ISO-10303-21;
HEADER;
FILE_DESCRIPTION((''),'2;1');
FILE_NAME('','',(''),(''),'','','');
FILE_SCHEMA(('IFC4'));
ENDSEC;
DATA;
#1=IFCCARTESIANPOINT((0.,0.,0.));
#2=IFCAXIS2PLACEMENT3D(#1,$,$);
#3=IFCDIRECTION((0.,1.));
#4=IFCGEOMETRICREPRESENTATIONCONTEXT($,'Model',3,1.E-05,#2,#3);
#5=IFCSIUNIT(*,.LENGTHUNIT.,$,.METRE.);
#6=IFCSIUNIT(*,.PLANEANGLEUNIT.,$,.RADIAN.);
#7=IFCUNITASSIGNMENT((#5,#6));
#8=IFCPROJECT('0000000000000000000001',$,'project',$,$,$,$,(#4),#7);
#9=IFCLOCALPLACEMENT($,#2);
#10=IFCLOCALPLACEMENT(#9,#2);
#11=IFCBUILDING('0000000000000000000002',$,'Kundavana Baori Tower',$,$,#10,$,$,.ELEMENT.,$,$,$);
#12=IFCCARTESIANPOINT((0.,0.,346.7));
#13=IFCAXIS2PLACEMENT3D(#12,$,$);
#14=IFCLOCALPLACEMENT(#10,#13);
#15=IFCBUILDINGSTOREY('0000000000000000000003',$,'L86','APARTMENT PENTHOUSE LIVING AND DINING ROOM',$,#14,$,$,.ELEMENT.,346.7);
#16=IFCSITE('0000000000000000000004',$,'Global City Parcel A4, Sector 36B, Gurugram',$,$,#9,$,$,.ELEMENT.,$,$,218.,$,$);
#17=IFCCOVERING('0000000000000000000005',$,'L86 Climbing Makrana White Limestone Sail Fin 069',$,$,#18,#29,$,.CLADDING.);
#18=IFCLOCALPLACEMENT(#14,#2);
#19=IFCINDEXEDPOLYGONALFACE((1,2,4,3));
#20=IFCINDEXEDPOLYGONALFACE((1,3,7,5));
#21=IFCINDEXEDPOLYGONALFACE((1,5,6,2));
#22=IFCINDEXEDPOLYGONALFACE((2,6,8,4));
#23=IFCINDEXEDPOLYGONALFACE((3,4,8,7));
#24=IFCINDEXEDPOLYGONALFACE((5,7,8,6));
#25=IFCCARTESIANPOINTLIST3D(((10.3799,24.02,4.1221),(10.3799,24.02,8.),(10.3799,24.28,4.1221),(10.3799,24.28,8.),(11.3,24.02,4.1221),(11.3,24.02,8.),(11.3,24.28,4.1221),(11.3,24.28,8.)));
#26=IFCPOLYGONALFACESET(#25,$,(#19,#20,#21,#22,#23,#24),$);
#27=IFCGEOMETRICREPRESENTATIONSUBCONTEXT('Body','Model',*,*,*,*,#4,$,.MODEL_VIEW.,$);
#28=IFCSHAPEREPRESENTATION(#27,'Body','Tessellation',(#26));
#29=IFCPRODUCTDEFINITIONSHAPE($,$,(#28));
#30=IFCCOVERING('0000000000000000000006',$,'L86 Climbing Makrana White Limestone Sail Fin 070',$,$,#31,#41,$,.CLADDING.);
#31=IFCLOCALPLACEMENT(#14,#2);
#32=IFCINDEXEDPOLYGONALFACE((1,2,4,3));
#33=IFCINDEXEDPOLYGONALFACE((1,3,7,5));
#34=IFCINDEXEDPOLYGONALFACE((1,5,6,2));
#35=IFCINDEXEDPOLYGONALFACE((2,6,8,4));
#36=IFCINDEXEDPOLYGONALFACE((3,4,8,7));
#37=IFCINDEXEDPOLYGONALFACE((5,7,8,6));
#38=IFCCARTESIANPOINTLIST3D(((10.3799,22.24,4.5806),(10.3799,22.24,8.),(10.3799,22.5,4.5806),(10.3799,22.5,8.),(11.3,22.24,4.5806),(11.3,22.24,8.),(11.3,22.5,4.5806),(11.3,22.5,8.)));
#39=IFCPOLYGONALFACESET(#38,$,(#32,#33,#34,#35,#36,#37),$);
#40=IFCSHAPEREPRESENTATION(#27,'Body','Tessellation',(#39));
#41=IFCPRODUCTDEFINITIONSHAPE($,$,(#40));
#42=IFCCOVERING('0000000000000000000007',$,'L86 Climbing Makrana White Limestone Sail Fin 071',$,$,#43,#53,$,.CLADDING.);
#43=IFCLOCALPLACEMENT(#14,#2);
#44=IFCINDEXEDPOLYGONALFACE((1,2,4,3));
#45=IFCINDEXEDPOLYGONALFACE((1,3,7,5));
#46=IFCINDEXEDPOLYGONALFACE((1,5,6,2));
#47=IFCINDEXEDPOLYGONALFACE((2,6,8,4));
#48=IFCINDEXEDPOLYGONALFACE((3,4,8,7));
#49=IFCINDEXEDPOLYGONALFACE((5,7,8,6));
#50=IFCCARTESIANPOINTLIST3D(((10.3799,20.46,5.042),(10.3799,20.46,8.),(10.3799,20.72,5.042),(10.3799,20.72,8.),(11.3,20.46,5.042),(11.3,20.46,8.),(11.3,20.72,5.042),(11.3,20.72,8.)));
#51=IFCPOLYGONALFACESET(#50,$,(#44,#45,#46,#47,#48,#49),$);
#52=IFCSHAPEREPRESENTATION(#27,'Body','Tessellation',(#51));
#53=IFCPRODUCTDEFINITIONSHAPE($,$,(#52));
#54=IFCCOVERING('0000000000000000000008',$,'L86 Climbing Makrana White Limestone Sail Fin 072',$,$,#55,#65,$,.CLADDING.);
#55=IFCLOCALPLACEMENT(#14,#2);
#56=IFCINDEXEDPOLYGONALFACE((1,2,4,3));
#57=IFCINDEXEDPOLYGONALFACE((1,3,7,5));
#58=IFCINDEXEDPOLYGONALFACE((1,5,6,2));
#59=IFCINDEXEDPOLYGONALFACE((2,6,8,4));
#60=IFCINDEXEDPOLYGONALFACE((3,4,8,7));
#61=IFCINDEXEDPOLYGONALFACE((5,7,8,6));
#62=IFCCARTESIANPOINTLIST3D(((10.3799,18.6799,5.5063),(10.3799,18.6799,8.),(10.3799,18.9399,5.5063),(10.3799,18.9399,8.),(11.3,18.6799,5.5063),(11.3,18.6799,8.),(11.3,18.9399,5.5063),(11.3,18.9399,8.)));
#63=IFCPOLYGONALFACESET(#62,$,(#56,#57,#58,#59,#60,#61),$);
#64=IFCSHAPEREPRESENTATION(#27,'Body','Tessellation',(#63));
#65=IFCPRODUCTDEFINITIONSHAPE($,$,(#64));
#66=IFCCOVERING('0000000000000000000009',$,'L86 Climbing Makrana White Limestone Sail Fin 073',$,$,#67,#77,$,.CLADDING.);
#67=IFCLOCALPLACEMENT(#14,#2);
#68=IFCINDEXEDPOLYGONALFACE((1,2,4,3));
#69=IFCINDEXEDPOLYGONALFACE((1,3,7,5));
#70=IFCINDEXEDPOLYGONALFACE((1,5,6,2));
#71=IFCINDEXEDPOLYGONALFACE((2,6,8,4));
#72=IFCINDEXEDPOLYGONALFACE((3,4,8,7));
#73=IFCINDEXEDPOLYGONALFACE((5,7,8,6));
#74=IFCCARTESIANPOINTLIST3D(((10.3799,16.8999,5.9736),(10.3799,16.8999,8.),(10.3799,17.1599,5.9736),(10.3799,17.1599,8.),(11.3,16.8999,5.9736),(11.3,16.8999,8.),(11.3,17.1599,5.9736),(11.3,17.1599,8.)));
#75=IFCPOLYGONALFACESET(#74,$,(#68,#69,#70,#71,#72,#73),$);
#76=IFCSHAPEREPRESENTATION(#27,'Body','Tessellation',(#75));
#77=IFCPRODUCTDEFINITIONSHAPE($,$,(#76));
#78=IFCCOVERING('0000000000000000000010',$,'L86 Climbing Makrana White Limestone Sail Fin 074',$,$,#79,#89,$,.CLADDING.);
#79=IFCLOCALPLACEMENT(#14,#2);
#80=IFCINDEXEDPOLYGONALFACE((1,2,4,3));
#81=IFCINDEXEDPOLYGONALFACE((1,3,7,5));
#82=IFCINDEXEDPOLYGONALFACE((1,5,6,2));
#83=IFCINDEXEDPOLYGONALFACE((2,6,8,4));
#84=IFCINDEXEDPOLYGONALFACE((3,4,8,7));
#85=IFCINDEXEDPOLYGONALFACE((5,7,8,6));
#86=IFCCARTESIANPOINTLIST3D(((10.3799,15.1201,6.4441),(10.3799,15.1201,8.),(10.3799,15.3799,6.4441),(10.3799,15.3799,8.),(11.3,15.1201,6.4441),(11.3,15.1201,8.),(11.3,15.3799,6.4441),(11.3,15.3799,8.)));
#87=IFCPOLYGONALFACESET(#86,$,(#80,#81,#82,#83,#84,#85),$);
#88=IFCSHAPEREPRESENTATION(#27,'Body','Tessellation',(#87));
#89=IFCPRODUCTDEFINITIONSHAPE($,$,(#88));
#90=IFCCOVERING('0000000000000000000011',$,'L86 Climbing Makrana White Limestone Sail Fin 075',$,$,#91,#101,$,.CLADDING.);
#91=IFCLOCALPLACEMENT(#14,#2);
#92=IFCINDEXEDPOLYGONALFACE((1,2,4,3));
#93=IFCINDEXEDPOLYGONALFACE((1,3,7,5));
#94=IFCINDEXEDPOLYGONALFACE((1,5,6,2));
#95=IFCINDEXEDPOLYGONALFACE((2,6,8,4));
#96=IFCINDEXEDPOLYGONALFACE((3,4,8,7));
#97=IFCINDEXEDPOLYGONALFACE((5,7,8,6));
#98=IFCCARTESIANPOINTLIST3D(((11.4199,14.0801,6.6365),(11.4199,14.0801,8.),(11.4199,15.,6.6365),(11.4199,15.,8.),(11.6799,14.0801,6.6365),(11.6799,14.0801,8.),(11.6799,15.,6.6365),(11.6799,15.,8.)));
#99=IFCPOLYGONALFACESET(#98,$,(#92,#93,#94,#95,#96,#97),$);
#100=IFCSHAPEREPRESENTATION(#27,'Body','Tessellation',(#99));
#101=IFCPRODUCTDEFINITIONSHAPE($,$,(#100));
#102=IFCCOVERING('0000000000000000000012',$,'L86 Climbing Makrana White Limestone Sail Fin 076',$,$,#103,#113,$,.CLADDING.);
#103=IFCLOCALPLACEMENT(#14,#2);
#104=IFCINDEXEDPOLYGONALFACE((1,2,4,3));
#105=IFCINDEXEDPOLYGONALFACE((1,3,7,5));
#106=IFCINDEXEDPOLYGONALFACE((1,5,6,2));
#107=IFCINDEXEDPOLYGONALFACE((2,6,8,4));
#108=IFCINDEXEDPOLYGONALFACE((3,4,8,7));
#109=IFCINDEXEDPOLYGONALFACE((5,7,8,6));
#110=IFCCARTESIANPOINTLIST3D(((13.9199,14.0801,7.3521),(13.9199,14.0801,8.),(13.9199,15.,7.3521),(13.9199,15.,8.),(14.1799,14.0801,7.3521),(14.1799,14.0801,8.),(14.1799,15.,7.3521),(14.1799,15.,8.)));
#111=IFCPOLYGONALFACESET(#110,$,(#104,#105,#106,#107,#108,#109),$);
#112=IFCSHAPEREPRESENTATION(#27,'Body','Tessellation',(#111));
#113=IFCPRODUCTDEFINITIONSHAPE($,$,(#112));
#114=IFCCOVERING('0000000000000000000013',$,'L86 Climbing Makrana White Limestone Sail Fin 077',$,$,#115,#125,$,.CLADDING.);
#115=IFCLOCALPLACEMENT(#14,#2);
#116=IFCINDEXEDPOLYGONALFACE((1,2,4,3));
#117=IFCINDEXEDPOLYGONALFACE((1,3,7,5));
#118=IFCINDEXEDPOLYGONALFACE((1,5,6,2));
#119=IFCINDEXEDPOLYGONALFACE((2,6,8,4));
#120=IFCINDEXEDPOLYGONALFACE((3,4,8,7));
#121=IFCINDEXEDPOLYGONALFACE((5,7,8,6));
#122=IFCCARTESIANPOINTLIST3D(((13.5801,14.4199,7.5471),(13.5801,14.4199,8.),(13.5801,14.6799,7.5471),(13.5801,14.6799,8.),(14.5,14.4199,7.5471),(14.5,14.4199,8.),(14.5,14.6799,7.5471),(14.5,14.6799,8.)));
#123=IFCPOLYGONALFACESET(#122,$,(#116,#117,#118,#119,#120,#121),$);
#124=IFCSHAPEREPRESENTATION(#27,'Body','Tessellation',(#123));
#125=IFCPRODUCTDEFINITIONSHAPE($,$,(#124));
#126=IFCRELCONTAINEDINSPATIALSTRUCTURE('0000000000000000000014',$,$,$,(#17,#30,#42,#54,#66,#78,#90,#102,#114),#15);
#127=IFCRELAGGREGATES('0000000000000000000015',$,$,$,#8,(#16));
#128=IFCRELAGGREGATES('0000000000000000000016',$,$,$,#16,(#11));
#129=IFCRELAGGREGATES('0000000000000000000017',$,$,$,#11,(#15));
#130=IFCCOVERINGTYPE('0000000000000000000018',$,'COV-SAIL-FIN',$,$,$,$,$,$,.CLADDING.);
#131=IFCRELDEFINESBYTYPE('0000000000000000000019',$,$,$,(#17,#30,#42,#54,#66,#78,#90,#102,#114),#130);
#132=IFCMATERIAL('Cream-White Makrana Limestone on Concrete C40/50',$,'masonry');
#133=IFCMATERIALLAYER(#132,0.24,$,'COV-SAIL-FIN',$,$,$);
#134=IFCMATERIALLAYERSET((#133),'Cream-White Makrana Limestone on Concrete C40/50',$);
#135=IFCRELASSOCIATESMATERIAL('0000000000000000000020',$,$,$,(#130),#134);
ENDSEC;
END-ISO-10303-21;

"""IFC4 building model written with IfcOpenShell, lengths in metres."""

from ifc_helpers import new_model, si_unit, direction, frame, origin, place, context, subcontext, project, spatial, polyline, outline, extrude, material, layer, layer_set, type_object, element, save


model = new_model("IFC4")

# Units and contexts
model_context = context("Model", 3, precision=1e-05, world=origin(), true_north=direction((0.0, 1.0)))
body_context = subcontext(model_context, "Body", "Model", "MODEL_VIEW")
ifc_project = project(units=[si_unit("LENGTHUNIT", "METRE"), si_unit("PLANEANGLEUNIT", "RADIAN")], contexts=[model_context])

# Site, building, storey
site_placement = place(None, origin())
site = spatial("IfcSite", under=ifc_project, at=site_placement, Name="Global City Parcel A4, Sector 36B, Gurugram", CompositionType="ELEMENT", RefElevation=218.0)
building_placement = place(site_placement, origin())
building = spatial("IfcBuilding", under=site, at=building_placement, Name="Kundavana Baori Tower", CompositionType="ELEMENT")
storey_placement = place(building_placement, frame((0.0, 0.0, 346.7)))
storey = spatial("IfcBuildingStorey", under=building, at=storey_placement, Name="L86", Description="APARTMENT PENTHOUSE LIVING AND DINING ROOM", CompositionType="ELEMENT", Elevation=346.7)

# Coverings
ifc_material = material(Name="Cream-White Makrana Limestone on Concrete C40/50", Category="masonry")
ifc_layer = layer(ifc_material, 0.24, Name="COV-SAIL-FIN")
ifc_layer_set = layer_set([ifc_layer], Name="Cream-White Makrana Limestone on Concrete C40/50")
covering_type = type_object("IfcCoveringType", Name="COV-SAIL-FIN", PredefinedType="CLADDING", material=ifc_layer_set)
covering_1_placement = place(storey_placement, frame((0.0, 0.0, 4.1221)))
element("IfcCovering", 1, at=covering_1_placement, inside=storey, type_object=covering_type, Name="L86 Climbing Makrana White Limestone Sail Fin 069", PredefinedType="CLADDING", context=body_context, shape_type="SweptSolid", body=[
    extrude(outline(polyline([(10.3799, 24.02), (11.3, 24.02), (11.3, 24.28), (10.3799, 24.28), (10.3799, 24.02)])), origin(), (0.0, 0.0, 1.0), 3.8779),
])
covering_2_placement = place(storey_placement, frame((0.0, 0.0, 4.5806)))
element("IfcCovering", 2, at=covering_2_placement, inside=storey, type_object=covering_type, Name="L86 Climbing Makrana White Limestone Sail Fin 070", PredefinedType="CLADDING", context=body_context, shape_type="SweptSolid", body=[
    extrude(outline(polyline([(10.3799, 22.24), (11.3, 22.24), (11.3, 22.5), (10.3799, 22.5), (10.3799, 22.24)])), origin(), (0.0, 0.0, 1.0), 3.4194),
])
covering_3_placement = place(storey_placement, frame((0.0, 0.0, 5.042)))
element("IfcCovering", 3, at=covering_3_placement, inside=storey, type_object=covering_type, Name="L86 Climbing Makrana White Limestone Sail Fin 071", PredefinedType="CLADDING", context=body_context, shape_type="SweptSolid", body=[
    extrude(outline(polyline([(10.3799, 20.46), (11.3, 20.46), (11.3, 20.72), (10.3799, 20.72), (10.3799, 20.46)])), origin(), (0.0, 0.0, 1.0), 2.958),
])
covering_4_placement = place(storey_placement, frame((0.0, 0.0, 5.5063)))
element("IfcCovering", 4, at=covering_4_placement, inside=storey, type_object=covering_type, Name="L86 Climbing Makrana White Limestone Sail Fin 072", PredefinedType="CLADDING", context=body_context, shape_type="SweptSolid", body=[
    extrude(outline(polyline([(10.3799, 18.6799), (11.3, 18.6799), (11.3, 18.9399), (10.3799, 18.9399), (10.3799, 18.6799)])), origin(), (0.0, 0.0, 1.0), 2.4937),
])
covering_5_placement = place(storey_placement, frame((0.0, 0.0, 5.9736)))
element("IfcCovering", 5, at=covering_5_placement, inside=storey, type_object=covering_type, Name="L86 Climbing Makrana White Limestone Sail Fin 073", PredefinedType="CLADDING", context=body_context, shape_type="SweptSolid", body=[
    extrude(outline(polyline([(10.3799, 16.8999), (11.3, 16.8999), (11.3, 17.1599), (10.3799, 17.1599), (10.3799, 16.8999)])), origin(), (0.0, 0.0, 1.0), 2.0264),
])
covering_6_placement = place(storey_placement, frame((0.0, 0.0, 6.4441)))
element("IfcCovering", 6, at=covering_6_placement, inside=storey, type_object=covering_type, Name="L86 Climbing Makrana White Limestone Sail Fin 074", PredefinedType="CLADDING", context=body_context, shape_type="SweptSolid", body=[
    extrude(outline(polyline([(10.3799, 15.1201), (11.3, 15.1201), (11.3, 15.3799), (10.3799, 15.3799), (10.3799, 15.1201)])), origin(), (0.0, 0.0, 1.0), 1.5559),
])
covering_7_placement = place(storey_placement, frame((0.0, 0.0, 6.6365)))
element("IfcCovering", 7, at=covering_7_placement, inside=storey, type_object=covering_type, Name="L86 Climbing Makrana White Limestone Sail Fin 075", PredefinedType="CLADDING", context=body_context, shape_type="SweptSolid", body=[
    extrude(outline(polyline([(11.4199, 14.0801), (11.6799, 14.0801), (11.6799, 15.0), (11.4199, 15.0), (11.4199, 14.0801)])), origin(), (0.0, 0.0, 1.0), 1.3635),
])
covering_8_placement = place(storey_placement, frame((0.0, 0.0, 7.3521)))
element("IfcCovering", 8, at=covering_8_placement, inside=storey, type_object=covering_type, Name="L86 Climbing Makrana White Limestone Sail Fin 076", PredefinedType="CLADDING", context=body_context, shape_type="SweptSolid", body=[
    extrude(outline(polyline([(13.9199, 14.0801), (14.1799, 14.0801), (14.1799, 15.0), (13.9199, 15.0), (13.9199, 14.0801)])), origin(), (0.0, 0.0, 1.0), 0.6479),
])
covering_9_placement = place(storey_placement, frame((0.0, 0.0, 7.5471)))
element("IfcCovering", 9, at=covering_9_placement, inside=storey, type_object=covering_type, Name="L86 Climbing Makrana White Limestone Sail Fin 077", PredefinedType="CLADDING", context=body_context, shape_type="SweptSolid", body=[
    extrude(outline(polyline([(13.5801, 14.4199), (14.5, 14.4199), (14.5, 14.6799), (13.5801, 14.6799), (13.5801, 14.4199)])), origin(), (0.0, 0.0, 1.0), 0.4529),
])

save(model, "model.ifc")
